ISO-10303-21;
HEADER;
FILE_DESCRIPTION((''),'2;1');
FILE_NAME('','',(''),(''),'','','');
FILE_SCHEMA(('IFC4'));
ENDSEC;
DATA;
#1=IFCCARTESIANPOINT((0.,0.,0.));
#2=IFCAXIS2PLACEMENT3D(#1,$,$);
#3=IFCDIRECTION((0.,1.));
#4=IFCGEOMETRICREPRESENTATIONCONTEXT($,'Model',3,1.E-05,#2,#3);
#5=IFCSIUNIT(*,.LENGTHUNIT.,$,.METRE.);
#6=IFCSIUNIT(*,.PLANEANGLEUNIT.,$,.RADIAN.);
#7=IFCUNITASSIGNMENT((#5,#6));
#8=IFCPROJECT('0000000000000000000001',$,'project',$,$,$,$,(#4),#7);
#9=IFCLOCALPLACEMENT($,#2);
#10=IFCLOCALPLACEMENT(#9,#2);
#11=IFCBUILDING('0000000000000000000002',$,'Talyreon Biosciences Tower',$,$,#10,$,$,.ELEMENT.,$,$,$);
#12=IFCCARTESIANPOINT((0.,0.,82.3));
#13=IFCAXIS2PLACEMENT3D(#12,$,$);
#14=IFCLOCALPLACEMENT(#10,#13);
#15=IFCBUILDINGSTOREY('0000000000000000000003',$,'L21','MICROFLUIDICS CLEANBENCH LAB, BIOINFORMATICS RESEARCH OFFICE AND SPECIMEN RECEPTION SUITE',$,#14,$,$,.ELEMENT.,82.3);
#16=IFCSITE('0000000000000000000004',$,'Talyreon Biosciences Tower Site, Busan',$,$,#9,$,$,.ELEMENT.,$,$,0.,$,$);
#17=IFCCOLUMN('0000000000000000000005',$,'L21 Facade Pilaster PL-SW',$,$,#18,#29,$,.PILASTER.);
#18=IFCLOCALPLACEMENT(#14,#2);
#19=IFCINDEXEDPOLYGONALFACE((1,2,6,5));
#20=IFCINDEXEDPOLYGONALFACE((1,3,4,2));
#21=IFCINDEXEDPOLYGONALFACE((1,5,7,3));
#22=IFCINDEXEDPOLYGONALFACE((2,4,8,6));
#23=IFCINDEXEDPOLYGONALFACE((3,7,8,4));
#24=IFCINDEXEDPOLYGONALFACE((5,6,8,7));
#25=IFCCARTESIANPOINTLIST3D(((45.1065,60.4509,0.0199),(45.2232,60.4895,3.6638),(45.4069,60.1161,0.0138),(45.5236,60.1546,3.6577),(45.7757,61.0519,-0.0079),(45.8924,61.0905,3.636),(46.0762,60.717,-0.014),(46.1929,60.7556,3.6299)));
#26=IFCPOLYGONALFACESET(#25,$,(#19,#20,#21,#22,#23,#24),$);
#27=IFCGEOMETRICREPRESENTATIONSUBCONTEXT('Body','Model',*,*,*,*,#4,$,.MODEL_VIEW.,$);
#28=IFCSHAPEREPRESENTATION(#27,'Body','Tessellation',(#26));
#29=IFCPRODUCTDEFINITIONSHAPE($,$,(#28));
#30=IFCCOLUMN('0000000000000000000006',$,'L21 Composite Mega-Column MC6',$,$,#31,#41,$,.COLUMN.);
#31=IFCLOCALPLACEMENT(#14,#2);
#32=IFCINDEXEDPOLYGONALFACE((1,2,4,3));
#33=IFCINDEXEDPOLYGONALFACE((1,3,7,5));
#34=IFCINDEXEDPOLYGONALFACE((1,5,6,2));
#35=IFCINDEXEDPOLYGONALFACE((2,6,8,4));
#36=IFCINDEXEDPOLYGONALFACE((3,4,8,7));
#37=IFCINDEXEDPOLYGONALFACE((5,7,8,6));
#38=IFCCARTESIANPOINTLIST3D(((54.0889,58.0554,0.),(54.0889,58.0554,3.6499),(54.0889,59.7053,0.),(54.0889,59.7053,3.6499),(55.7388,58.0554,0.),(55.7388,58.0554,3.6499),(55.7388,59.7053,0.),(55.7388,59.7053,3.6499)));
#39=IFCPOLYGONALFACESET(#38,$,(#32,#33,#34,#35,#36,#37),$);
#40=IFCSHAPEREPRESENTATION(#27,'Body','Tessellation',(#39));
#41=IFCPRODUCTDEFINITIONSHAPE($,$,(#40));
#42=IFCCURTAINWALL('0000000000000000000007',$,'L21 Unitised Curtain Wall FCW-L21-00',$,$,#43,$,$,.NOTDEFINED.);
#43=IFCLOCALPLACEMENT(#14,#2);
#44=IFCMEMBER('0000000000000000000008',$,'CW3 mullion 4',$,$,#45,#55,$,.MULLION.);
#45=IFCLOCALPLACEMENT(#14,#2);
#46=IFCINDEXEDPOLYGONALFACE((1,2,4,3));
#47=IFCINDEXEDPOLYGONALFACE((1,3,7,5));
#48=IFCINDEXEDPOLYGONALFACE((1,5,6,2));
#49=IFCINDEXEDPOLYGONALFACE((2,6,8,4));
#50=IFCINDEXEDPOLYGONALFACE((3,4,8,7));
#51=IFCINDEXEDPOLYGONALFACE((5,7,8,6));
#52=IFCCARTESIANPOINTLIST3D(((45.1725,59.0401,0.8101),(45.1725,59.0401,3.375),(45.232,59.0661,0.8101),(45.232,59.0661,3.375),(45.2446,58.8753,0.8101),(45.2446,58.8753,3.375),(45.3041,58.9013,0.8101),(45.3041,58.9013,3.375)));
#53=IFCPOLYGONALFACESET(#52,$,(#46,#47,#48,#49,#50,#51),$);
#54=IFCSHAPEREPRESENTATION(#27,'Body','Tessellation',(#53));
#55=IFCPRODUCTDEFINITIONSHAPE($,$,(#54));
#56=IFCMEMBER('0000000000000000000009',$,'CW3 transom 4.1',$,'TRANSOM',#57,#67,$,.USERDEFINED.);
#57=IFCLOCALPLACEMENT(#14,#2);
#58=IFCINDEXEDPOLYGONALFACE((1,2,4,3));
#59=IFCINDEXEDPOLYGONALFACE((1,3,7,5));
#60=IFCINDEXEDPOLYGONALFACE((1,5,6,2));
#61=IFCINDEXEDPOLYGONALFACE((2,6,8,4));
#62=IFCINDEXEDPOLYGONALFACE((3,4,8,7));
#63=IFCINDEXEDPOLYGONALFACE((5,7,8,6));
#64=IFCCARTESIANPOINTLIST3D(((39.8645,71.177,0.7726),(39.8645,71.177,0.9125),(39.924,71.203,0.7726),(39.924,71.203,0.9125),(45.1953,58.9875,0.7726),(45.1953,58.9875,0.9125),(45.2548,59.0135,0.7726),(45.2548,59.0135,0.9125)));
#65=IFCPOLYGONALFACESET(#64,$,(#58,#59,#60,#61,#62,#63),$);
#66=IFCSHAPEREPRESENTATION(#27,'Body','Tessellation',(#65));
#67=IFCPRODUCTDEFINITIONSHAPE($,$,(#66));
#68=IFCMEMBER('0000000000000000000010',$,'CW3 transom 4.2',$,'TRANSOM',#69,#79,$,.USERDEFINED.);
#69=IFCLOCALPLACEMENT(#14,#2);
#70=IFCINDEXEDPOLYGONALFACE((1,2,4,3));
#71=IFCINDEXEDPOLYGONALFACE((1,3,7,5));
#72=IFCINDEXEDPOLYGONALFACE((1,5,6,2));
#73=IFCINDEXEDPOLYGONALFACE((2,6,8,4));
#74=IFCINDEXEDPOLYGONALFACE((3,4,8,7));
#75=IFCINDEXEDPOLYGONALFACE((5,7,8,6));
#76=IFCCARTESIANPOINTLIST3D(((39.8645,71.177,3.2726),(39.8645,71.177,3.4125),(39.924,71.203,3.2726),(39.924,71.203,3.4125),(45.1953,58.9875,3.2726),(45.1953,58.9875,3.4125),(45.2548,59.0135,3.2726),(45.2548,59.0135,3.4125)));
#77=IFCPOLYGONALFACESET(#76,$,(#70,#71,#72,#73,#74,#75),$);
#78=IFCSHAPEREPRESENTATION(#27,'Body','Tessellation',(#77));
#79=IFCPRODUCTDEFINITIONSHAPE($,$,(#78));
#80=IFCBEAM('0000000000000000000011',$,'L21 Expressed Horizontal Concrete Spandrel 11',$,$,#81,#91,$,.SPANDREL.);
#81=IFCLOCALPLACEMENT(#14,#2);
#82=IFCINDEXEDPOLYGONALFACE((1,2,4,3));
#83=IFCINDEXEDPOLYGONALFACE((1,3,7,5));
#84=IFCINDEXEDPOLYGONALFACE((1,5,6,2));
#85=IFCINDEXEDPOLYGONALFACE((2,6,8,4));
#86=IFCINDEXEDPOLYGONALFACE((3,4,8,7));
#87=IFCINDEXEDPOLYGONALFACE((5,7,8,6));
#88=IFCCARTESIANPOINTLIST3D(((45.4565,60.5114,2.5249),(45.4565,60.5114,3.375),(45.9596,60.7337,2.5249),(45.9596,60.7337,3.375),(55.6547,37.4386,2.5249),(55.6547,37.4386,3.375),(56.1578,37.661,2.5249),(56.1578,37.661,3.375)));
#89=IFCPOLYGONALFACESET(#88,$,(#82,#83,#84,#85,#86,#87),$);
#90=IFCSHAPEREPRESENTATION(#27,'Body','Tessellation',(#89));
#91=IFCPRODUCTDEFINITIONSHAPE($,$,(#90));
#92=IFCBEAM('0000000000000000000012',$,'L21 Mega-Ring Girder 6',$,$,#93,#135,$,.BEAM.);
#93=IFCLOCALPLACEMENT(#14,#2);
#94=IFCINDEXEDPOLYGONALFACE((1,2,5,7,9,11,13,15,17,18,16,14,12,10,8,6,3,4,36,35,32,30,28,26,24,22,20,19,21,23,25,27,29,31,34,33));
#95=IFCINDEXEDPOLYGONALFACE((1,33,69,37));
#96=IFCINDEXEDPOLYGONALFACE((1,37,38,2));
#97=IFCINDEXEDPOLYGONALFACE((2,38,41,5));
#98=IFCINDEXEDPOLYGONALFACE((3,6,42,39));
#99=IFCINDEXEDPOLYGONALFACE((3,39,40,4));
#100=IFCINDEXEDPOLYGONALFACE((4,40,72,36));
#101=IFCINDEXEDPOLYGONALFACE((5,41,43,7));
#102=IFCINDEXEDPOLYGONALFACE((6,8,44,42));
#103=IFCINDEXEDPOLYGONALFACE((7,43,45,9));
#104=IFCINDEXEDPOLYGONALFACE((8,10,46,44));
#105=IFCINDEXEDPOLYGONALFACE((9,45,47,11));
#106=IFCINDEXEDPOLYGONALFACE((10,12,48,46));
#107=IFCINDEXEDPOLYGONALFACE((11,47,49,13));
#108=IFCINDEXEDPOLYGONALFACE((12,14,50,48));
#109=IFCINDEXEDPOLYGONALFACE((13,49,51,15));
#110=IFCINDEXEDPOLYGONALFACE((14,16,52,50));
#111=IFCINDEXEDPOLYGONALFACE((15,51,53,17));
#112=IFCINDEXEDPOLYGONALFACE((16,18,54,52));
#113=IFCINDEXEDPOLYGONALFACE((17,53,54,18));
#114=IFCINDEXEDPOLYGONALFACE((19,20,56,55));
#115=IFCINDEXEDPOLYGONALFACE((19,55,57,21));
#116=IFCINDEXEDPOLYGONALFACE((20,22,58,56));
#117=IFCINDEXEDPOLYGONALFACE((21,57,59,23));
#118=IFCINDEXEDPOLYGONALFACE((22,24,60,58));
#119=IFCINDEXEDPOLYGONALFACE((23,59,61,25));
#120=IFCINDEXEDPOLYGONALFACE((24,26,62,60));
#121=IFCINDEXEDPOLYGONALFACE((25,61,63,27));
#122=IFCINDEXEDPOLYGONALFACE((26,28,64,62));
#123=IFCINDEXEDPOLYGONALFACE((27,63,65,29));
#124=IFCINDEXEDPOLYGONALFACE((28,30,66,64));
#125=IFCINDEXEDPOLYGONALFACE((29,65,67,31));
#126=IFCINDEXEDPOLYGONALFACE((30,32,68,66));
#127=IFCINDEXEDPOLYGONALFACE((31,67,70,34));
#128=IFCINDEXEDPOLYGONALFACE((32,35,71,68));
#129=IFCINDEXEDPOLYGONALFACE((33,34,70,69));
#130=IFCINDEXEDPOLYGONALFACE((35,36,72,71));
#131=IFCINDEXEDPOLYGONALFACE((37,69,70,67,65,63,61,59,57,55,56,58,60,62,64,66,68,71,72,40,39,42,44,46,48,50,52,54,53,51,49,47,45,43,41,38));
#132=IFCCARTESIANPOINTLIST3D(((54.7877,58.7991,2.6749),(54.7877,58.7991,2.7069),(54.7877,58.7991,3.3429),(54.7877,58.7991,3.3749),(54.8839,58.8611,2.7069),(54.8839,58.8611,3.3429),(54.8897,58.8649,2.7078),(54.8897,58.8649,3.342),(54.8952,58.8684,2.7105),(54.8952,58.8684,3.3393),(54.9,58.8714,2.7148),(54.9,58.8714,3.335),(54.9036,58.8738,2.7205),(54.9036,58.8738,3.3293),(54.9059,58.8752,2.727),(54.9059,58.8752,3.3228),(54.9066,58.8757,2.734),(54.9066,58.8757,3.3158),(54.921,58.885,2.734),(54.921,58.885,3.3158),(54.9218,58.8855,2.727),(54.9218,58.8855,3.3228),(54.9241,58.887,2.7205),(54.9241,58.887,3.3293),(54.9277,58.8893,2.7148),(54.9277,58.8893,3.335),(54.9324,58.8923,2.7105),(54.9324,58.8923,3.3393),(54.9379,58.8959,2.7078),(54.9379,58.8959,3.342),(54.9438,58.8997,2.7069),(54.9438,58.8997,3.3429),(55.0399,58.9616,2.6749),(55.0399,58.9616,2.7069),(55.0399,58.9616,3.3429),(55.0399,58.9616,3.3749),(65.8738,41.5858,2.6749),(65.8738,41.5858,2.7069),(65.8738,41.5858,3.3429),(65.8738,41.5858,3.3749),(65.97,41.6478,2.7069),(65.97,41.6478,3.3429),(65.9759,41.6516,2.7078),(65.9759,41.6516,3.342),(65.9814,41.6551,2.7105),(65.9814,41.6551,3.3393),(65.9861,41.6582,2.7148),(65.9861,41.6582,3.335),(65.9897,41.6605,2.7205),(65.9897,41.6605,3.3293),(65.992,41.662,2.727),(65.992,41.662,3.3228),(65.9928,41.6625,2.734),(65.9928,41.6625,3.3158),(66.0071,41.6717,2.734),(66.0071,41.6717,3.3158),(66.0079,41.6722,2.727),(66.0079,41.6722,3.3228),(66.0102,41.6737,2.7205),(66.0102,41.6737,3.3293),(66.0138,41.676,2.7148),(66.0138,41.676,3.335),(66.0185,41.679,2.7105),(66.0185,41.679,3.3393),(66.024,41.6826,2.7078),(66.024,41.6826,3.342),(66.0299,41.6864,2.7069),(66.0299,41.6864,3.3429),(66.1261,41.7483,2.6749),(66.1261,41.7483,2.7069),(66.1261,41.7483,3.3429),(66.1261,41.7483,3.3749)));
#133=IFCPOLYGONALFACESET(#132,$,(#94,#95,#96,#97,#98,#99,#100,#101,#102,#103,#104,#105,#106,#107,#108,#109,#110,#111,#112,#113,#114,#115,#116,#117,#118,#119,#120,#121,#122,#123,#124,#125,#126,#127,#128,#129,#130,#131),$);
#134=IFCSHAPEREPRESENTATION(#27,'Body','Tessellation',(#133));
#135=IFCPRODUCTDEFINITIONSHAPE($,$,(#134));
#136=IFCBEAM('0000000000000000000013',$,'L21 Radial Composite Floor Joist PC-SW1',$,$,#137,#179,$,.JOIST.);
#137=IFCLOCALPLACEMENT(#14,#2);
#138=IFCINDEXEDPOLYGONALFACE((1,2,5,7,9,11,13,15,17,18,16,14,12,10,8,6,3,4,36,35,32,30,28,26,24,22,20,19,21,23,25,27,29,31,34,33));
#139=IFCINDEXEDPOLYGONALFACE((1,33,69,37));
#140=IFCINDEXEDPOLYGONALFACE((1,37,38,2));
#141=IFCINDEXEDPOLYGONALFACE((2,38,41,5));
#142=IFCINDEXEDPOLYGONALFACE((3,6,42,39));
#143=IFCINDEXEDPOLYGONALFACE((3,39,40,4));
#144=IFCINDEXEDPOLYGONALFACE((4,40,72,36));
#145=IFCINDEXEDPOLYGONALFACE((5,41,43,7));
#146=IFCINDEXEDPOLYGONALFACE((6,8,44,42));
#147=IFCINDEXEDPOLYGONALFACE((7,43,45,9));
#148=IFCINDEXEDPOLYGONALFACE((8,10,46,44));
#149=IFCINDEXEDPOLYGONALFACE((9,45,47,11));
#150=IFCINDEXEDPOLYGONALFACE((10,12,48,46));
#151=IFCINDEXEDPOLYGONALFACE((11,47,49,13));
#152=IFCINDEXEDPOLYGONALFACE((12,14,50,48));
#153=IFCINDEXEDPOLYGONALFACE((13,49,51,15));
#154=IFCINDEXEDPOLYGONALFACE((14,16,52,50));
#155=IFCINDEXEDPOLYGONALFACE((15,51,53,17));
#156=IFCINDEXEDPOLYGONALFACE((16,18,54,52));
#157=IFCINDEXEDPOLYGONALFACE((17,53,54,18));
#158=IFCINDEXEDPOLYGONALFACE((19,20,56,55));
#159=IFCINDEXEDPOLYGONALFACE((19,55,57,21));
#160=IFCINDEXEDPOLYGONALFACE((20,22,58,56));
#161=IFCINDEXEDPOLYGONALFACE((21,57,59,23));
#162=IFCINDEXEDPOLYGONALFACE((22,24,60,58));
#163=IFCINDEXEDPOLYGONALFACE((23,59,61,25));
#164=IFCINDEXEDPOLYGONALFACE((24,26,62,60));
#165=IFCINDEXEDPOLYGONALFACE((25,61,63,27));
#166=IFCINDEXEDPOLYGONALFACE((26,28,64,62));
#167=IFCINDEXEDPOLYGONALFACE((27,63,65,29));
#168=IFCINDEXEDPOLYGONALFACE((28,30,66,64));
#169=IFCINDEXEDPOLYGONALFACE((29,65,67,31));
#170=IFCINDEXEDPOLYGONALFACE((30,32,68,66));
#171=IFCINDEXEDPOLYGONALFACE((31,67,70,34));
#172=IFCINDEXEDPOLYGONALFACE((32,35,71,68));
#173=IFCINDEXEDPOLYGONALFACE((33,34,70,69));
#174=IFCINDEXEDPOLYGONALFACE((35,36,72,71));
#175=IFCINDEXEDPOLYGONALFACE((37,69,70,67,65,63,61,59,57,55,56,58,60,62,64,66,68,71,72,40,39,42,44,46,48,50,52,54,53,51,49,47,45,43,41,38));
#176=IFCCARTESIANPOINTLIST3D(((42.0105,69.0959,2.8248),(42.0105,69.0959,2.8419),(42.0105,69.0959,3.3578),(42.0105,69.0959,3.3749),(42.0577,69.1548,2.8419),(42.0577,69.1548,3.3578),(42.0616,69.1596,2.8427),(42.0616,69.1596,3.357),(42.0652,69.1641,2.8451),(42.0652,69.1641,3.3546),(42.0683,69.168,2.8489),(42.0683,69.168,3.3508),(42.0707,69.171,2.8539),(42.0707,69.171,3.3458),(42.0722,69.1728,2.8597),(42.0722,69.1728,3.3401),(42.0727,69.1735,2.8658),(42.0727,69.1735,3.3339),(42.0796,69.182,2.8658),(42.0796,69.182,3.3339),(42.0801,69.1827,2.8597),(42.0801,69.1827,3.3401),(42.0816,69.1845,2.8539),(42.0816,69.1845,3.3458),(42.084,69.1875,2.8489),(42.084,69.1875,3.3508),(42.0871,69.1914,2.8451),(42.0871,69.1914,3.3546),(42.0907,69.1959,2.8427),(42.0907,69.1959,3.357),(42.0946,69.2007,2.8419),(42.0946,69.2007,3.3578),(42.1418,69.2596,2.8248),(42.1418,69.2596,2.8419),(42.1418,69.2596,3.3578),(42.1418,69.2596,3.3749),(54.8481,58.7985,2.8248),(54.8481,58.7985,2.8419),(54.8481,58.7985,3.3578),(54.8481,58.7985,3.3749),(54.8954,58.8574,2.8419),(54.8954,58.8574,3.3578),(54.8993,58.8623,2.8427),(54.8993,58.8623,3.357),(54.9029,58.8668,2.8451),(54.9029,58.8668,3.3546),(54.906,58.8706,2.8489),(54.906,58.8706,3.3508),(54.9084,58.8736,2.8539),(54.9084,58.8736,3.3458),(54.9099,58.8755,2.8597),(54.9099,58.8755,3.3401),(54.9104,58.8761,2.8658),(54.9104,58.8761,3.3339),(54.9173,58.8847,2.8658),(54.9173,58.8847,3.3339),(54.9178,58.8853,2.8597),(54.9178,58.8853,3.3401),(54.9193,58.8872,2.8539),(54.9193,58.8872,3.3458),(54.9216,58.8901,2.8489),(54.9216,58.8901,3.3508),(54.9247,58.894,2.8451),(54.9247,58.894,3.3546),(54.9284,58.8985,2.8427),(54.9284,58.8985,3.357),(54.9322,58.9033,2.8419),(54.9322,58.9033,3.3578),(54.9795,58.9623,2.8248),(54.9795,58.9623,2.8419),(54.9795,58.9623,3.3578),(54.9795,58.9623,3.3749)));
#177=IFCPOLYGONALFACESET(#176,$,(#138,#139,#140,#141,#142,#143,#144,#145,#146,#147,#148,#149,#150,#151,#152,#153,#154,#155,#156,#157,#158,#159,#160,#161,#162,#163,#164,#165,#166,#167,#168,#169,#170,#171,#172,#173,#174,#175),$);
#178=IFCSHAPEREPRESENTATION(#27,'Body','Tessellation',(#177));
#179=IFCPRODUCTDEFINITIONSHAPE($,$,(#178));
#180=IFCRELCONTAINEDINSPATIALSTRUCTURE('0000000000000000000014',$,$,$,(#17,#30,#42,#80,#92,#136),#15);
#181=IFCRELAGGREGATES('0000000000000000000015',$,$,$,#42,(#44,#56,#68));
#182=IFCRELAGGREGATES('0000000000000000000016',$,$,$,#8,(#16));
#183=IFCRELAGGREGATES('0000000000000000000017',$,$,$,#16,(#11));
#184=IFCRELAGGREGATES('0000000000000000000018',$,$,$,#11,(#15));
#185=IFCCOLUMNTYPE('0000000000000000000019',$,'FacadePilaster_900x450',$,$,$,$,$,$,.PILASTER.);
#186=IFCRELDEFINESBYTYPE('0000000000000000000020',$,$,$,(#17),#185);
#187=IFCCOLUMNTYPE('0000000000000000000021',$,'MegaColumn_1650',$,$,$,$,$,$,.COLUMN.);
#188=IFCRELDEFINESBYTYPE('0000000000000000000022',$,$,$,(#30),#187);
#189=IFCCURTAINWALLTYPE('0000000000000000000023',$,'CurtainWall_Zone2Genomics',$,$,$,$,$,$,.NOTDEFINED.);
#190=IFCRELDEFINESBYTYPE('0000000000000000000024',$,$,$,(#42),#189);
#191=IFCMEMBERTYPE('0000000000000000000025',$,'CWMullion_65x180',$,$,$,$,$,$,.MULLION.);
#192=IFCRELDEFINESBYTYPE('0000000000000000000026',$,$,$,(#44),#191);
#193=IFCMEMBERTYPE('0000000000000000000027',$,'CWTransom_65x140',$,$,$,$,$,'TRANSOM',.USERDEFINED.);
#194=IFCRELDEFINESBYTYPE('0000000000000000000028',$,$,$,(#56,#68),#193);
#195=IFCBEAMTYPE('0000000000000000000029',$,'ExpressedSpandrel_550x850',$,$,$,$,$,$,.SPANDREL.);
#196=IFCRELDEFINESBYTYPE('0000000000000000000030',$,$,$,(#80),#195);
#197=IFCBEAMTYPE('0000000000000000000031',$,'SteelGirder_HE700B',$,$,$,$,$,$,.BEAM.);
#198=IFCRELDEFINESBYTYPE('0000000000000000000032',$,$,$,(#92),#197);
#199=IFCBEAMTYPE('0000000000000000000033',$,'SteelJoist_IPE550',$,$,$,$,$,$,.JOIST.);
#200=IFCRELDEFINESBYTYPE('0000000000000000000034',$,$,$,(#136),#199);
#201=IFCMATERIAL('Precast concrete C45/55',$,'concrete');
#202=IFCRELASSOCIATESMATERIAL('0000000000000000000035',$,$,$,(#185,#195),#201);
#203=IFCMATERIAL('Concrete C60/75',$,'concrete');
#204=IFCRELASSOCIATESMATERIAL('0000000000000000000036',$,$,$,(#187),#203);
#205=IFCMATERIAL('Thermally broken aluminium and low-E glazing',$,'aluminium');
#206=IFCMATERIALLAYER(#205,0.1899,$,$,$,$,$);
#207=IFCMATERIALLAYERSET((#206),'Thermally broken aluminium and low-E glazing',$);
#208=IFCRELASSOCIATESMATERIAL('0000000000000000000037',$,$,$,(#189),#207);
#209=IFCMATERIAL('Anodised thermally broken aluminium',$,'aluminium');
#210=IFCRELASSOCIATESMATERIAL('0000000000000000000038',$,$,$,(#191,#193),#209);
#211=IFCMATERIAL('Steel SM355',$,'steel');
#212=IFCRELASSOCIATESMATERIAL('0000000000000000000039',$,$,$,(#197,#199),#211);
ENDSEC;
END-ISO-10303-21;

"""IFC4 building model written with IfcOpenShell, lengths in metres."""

from ifc_helpers import new_model, si_unit, direction, frame, origin, origin_2d, place, context, subcontext, project, spatial, rectangle, i_section, extrude, material, layer, layer_set, material_profile, profile_set, type_object, element, aggregate, save


model = new_model("IFC4")

# Units and contexts
model_context = context("Model", 3, precision=1e-05, world=origin(), true_north=direction((0.0, 1.0)))
body_context = subcontext(model_context, "Body", "Model", "MODEL_VIEW")
ifc_project = project(units=[si_unit("LENGTHUNIT", "METRE"), si_unit("PLANEANGLEUNIT", "RADIAN")], contexts=[model_context])

# Site, building, storey
site_placement = place(None, origin())
site = spatial("IfcSite", under=ifc_project, at=site_placement, Name="Talyreon Biosciences Tower Site, Busan", CompositionType="ELEMENT", RefElevation=0.0)
building_placement = place(site_placement, origin())
building = spatial("IfcBuilding", under=site, at=building_placement, Name="Talyreon Biosciences Tower", CompositionType="ELEMENT")
storey_placement = place(building_placement, frame((0.0, 0.0, 82.3)))
storey = spatial("IfcBuildingStorey", under=building, at=storey_placement, Name="L21", Description="MICROFLUIDICS CLEANBENCH LAB, BIOINFORMATICS RESEARCH OFFICE AND SPECIMEN RECEPTION SUITE", CompositionType="ELEMENT", Elevation=82.3)

# Columns
ifc_material_1 = material(Name="Precast concrete C45/55", Category="concrete")
ifc_material_profile_1 = material_profile(ifc_material_1, rectangle(XDim=0.8999, YDim=0.45, at=origin_2d()), Name="RC 900x450")
ifc_profile_set_1 = profile_set([ifc_material_profile_1], Name="Precast concrete C45/55")
column_type_1 = type_object("IfcColumnType", Name="FacadePilaster_900x450", PredefinedType="PILASTER", material=ifc_profile_set_1)
column_1_placement = place(storey_placement, frame((45.5913, 60.584, 0.0029), z_axis=(0.032006, 0.01058, 0.999432), x_axis=(0.743677, 0.667825, -0.030885)))
element("IfcColumn", 1, at=column_1_placement, inside=storey, type_object=column_type_1, Name="L21 Facade Pilaster PL-SW", PredefinedType="PILASTER", context=body_context, shape_type="SweptSolid", body=[
    extrude(rectangle(XDim=0.8999, YDim=0.45, at=origin_2d()), origin(), (0.0, 0.0, 1.0), 3.646),
])
ifc_material_2 = material(Name="Concrete C60/75", Category="concrete")
ifc_material_profile_2 = material_profile(ifc_material_2, rectangle(XDim=1.6499, YDim=1.6499, at=origin_2d()), Name="RC 1650x1650")
ifc_profile_set_2 = profile_set([ifc_material_profile_2], Name="Concrete C60/75")
column_type_2 = type_object("IfcColumnType", Name="MegaColumn_1650", PredefinedType="COLUMN", material=ifc_profile_set_2)
column_2_placement = place(storey_placement, frame((54.9138, 58.8804, 0.0), z_axis=(0.0, 0.0, 1.0), x_axis=(1.0, 0.0, 0.0)))
element("IfcColumn", 2, at=column_2_placement, inside=storey, type_object=column_type_2, Name="L21 Composite Mega-Column MC6", PredefinedType="COLUMN", context=body_context, shape_type="SweptSolid", body=[
    extrude(rectangle(XDim=1.6499, YDim=1.6499, at=origin_2d()), origin(), (0.0, 0.0, 1.0), 3.6499),
])

# Curtain wall, members
ifc_material_3 = material(Name="Thermally broken aluminium and low-E glazing", Category="aluminium")
ifc_layer_1 = layer(ifc_material_3, 0.1899)
ifc_layer_set_1 = layer_set([ifc_layer_1], Name="Thermally broken aluminium and low-E glazing")
curtain_wall_type = type_object("IfcCurtainWallType", Name="CurtainWall_Zone2Genomics", PredefinedType="NOTDEFINED", material=ifc_layer_set_1)
curtain_wall_placement = place(storey_placement, origin())
curtain_wall = element("IfcCurtainWall", 3, at=curtain_wall_placement, inside=storey, type_object=curtain_wall_type, Name="L21 Unitised Curtain Wall FCW-L21-00", PredefinedType="NOTDEFINED")
ifc_material_4 = material(Name="Anodised thermally broken aluminium", Category="aluminium")
ifc_material_profile_3 = material_profile(ifc_material_4, rectangle(XDim=0.0649, YDim=0.1799, at=origin_2d()), Name="ALUM MULLION 65x180")
ifc_profile_set_3 = profile_set([ifc_material_profile_3], Name="Anodised thermally broken aluminium")
member_type_1 = type_object("IfcMemberType", Name="CWMullion_65x180", PredefinedType="MULLION", material=ifc_profile_set_3)
member_1_placement = place(storey_placement, frame((45.2383, 58.9707, 0.8101), z_axis=(0.0, 0.0, 1.0), x_axis=(-0.916214, -0.400689, 0.0)))
member_1 = element("IfcMember", 4, at=member_1_placement, type_object=member_type_1, Name="CW3 mullion 4", PredefinedType="MULLION", context=body_context, shape_type="SweptSolid", body=[
    extrude(rectangle(XDim=0.0649, YDim=0.1799, at=origin_2d()), origin(), (0.0, 0.0, 1.0), 2.5649),
])
ifc_material_profile_4 = material_profile(ifc_material_4, rectangle(XDim=0.0649, YDim=0.1399, at=origin_2d()), Name="ALUM TRANSOM 65x140")
ifc_profile_set_4 = profile_set([ifc_material_profile_4], Name="Anodised thermally broken aluminium")
member_type_2 = type_object("IfcMemberType", Name="CWTransom_65x140", ElementType="TRANSOM", PredefinedType="USERDEFINED", material=ifc_profile_set_4)
member_2_placement = place(storey_placement, frame((45.2251, 59.0005, 0.8425), z_axis=(-0.400688, 0.916215, 0.0), x_axis=(-0.916215, -0.400688, 0.0)))
member_2 = element("IfcMember", 5, at=member_2_placement, type_object=member_type_2, Name="CW3 transom 4.1", ObjectType="TRANSOM", PredefinedType="USERDEFINED", context=body_context, shape_type="SweptSolid", body=[
    extrude(rectangle(XDim=0.0649, YDim=0.1399, at=origin_2d()), origin(), (0.0, 0.0, 1.0), 13.3042),
])
member_3_placement = place(storey_placement, frame((45.2251, 59.0005, 3.3425), z_axis=(-0.400688, 0.916215, 0.0), x_axis=(-0.916215, -0.400688, 0.0)))
member_3 = element("IfcMember", 6, at=member_3_placement, type_object=member_type_2, Name="CW3 transom 4.2", ObjectType="TRANSOM", PredefinedType="USERDEFINED", context=body_context, shape_type="SweptSolid", body=[
    extrude(rectangle(XDim=0.0649, YDim=0.1399, at=origin_2d()), origin(), (0.0, 0.0, 1.0), 13.3042),
])

# Beams
ifc_material_profile_5 = material_profile(ifc_material_1, rectangle(XDim=0.55, YDim=0.8501, at=origin_2d()), Name="RCB 550x850")
ifc_profile_set_5 = profile_set([ifc_material_profile_5], Name="Precast concrete C45/55")
beam_type_1 = type_object("IfcBeamType", Name="ExpressedSpandrel_550x850", PredefinedType="SPANDREL", material=ifc_profile_set_5)
beam_1_placement = place(storey_placement, frame((45.708, 60.6226, 2.95), z_axis=(0.404273, -0.914638, 0.0), x_axis=(0.914638, 0.404273, 0.0)))
element("IfcBeam", 7, at=beam_1_placement, inside=storey, type_object=beam_type_1, Name="L21 Expressed Horizontal Concrete Spandrel 11", PredefinedType="SPANDREL", context=body_context, shape_type="SweptSolid", body=[
    extrude(rectangle(XDim=0.55, YDim=0.8501, at=origin_2d()), origin(), (0.0, 0.0, 1.0), 25.2261),
])
ifc_material_5 = material(Name="Steel SM355", Category="steel")
ifc_material_profile_6 = material_profile(ifc_material_5, i_section(OverallWidth=0.3, OverallDepth=0.7, WebThickness=0.0171, FlangeThickness=0.032, FilletRadius=0.0271, at=origin_2d()), Name="HE700B")
ifc_profile_set_6 = profile_set([ifc_material_profile_6], Name="Steel SM355")
beam_type_2 = type_object("IfcBeamType", Name="SteelGirder_HE700B", PredefinedType="BEAM", material=ifc_profile_set_6)
beam_2_placement = place(storey_placement, frame((54.9138, 58.8804, 3.0249), z_axis=(0.541464, -0.840724, 0.0), x_axis=(0.840724, 0.541464, 0.0)))
element("IfcBeam", 8, at=beam_2_placement, inside=storey, type_object=beam_type_2, Name="L21 Mega-Ring Girder 6", PredefinedType="BEAM", context=body_context, shape_type="SweptSolid", body=[
    extrude(i_section(OverallWidth=0.3, OverallDepth=0.7, WebThickness=0.0171, FlangeThickness=0.032, FilletRadius=0.0271, at=origin_2d()), origin(), (0.0, 0.0, 1.0), 20.4744),
])
ifc_material_profile_7 = material_profile(ifc_material_5, i_section(OverallWidth=0.21, OverallDepth=0.55, WebThickness=0.011, FlangeThickness=0.0171, FilletRadius=0.0239, at=origin_2d()), Name="IPE550")
ifc_profile_set_7 = profile_set([ifc_material_profile_7], Name="Steel SM355")
beam_type_3 = type_object("IfcBeamType", Name="SteelJoist_IPE550", PredefinedType="JOIST", material=ifc_profile_set_7)
beam_3_placement = place(storey_placement, frame((54.9138, 58.8804, 3.0999), z_axis=(-0.780061, 0.625704, 0.0), x_axis=(-0.625704, -0.780061, 0.0)))
element("IfcBeam", 9, at=beam_3_placement, inside=storey, type_object=beam_type_3, Name="L21 Radial Composite Floor Joist PC-SW1", PredefinedType="JOIST", context=body_context, shape_type="SweptSolid", body=[
    extrude(i_section(OverallWidth=0.21, OverallDepth=0.55, WebThickness=0.011, FlangeThickness=0.0171, FilletRadius=0.0239, at=origin_2d()), origin(), (0.0, 0.0, 1.0), 16.4573),
])

aggregate(curtain_wall, [member_1, member_2, member_3])

save(model, "model.ifc")
